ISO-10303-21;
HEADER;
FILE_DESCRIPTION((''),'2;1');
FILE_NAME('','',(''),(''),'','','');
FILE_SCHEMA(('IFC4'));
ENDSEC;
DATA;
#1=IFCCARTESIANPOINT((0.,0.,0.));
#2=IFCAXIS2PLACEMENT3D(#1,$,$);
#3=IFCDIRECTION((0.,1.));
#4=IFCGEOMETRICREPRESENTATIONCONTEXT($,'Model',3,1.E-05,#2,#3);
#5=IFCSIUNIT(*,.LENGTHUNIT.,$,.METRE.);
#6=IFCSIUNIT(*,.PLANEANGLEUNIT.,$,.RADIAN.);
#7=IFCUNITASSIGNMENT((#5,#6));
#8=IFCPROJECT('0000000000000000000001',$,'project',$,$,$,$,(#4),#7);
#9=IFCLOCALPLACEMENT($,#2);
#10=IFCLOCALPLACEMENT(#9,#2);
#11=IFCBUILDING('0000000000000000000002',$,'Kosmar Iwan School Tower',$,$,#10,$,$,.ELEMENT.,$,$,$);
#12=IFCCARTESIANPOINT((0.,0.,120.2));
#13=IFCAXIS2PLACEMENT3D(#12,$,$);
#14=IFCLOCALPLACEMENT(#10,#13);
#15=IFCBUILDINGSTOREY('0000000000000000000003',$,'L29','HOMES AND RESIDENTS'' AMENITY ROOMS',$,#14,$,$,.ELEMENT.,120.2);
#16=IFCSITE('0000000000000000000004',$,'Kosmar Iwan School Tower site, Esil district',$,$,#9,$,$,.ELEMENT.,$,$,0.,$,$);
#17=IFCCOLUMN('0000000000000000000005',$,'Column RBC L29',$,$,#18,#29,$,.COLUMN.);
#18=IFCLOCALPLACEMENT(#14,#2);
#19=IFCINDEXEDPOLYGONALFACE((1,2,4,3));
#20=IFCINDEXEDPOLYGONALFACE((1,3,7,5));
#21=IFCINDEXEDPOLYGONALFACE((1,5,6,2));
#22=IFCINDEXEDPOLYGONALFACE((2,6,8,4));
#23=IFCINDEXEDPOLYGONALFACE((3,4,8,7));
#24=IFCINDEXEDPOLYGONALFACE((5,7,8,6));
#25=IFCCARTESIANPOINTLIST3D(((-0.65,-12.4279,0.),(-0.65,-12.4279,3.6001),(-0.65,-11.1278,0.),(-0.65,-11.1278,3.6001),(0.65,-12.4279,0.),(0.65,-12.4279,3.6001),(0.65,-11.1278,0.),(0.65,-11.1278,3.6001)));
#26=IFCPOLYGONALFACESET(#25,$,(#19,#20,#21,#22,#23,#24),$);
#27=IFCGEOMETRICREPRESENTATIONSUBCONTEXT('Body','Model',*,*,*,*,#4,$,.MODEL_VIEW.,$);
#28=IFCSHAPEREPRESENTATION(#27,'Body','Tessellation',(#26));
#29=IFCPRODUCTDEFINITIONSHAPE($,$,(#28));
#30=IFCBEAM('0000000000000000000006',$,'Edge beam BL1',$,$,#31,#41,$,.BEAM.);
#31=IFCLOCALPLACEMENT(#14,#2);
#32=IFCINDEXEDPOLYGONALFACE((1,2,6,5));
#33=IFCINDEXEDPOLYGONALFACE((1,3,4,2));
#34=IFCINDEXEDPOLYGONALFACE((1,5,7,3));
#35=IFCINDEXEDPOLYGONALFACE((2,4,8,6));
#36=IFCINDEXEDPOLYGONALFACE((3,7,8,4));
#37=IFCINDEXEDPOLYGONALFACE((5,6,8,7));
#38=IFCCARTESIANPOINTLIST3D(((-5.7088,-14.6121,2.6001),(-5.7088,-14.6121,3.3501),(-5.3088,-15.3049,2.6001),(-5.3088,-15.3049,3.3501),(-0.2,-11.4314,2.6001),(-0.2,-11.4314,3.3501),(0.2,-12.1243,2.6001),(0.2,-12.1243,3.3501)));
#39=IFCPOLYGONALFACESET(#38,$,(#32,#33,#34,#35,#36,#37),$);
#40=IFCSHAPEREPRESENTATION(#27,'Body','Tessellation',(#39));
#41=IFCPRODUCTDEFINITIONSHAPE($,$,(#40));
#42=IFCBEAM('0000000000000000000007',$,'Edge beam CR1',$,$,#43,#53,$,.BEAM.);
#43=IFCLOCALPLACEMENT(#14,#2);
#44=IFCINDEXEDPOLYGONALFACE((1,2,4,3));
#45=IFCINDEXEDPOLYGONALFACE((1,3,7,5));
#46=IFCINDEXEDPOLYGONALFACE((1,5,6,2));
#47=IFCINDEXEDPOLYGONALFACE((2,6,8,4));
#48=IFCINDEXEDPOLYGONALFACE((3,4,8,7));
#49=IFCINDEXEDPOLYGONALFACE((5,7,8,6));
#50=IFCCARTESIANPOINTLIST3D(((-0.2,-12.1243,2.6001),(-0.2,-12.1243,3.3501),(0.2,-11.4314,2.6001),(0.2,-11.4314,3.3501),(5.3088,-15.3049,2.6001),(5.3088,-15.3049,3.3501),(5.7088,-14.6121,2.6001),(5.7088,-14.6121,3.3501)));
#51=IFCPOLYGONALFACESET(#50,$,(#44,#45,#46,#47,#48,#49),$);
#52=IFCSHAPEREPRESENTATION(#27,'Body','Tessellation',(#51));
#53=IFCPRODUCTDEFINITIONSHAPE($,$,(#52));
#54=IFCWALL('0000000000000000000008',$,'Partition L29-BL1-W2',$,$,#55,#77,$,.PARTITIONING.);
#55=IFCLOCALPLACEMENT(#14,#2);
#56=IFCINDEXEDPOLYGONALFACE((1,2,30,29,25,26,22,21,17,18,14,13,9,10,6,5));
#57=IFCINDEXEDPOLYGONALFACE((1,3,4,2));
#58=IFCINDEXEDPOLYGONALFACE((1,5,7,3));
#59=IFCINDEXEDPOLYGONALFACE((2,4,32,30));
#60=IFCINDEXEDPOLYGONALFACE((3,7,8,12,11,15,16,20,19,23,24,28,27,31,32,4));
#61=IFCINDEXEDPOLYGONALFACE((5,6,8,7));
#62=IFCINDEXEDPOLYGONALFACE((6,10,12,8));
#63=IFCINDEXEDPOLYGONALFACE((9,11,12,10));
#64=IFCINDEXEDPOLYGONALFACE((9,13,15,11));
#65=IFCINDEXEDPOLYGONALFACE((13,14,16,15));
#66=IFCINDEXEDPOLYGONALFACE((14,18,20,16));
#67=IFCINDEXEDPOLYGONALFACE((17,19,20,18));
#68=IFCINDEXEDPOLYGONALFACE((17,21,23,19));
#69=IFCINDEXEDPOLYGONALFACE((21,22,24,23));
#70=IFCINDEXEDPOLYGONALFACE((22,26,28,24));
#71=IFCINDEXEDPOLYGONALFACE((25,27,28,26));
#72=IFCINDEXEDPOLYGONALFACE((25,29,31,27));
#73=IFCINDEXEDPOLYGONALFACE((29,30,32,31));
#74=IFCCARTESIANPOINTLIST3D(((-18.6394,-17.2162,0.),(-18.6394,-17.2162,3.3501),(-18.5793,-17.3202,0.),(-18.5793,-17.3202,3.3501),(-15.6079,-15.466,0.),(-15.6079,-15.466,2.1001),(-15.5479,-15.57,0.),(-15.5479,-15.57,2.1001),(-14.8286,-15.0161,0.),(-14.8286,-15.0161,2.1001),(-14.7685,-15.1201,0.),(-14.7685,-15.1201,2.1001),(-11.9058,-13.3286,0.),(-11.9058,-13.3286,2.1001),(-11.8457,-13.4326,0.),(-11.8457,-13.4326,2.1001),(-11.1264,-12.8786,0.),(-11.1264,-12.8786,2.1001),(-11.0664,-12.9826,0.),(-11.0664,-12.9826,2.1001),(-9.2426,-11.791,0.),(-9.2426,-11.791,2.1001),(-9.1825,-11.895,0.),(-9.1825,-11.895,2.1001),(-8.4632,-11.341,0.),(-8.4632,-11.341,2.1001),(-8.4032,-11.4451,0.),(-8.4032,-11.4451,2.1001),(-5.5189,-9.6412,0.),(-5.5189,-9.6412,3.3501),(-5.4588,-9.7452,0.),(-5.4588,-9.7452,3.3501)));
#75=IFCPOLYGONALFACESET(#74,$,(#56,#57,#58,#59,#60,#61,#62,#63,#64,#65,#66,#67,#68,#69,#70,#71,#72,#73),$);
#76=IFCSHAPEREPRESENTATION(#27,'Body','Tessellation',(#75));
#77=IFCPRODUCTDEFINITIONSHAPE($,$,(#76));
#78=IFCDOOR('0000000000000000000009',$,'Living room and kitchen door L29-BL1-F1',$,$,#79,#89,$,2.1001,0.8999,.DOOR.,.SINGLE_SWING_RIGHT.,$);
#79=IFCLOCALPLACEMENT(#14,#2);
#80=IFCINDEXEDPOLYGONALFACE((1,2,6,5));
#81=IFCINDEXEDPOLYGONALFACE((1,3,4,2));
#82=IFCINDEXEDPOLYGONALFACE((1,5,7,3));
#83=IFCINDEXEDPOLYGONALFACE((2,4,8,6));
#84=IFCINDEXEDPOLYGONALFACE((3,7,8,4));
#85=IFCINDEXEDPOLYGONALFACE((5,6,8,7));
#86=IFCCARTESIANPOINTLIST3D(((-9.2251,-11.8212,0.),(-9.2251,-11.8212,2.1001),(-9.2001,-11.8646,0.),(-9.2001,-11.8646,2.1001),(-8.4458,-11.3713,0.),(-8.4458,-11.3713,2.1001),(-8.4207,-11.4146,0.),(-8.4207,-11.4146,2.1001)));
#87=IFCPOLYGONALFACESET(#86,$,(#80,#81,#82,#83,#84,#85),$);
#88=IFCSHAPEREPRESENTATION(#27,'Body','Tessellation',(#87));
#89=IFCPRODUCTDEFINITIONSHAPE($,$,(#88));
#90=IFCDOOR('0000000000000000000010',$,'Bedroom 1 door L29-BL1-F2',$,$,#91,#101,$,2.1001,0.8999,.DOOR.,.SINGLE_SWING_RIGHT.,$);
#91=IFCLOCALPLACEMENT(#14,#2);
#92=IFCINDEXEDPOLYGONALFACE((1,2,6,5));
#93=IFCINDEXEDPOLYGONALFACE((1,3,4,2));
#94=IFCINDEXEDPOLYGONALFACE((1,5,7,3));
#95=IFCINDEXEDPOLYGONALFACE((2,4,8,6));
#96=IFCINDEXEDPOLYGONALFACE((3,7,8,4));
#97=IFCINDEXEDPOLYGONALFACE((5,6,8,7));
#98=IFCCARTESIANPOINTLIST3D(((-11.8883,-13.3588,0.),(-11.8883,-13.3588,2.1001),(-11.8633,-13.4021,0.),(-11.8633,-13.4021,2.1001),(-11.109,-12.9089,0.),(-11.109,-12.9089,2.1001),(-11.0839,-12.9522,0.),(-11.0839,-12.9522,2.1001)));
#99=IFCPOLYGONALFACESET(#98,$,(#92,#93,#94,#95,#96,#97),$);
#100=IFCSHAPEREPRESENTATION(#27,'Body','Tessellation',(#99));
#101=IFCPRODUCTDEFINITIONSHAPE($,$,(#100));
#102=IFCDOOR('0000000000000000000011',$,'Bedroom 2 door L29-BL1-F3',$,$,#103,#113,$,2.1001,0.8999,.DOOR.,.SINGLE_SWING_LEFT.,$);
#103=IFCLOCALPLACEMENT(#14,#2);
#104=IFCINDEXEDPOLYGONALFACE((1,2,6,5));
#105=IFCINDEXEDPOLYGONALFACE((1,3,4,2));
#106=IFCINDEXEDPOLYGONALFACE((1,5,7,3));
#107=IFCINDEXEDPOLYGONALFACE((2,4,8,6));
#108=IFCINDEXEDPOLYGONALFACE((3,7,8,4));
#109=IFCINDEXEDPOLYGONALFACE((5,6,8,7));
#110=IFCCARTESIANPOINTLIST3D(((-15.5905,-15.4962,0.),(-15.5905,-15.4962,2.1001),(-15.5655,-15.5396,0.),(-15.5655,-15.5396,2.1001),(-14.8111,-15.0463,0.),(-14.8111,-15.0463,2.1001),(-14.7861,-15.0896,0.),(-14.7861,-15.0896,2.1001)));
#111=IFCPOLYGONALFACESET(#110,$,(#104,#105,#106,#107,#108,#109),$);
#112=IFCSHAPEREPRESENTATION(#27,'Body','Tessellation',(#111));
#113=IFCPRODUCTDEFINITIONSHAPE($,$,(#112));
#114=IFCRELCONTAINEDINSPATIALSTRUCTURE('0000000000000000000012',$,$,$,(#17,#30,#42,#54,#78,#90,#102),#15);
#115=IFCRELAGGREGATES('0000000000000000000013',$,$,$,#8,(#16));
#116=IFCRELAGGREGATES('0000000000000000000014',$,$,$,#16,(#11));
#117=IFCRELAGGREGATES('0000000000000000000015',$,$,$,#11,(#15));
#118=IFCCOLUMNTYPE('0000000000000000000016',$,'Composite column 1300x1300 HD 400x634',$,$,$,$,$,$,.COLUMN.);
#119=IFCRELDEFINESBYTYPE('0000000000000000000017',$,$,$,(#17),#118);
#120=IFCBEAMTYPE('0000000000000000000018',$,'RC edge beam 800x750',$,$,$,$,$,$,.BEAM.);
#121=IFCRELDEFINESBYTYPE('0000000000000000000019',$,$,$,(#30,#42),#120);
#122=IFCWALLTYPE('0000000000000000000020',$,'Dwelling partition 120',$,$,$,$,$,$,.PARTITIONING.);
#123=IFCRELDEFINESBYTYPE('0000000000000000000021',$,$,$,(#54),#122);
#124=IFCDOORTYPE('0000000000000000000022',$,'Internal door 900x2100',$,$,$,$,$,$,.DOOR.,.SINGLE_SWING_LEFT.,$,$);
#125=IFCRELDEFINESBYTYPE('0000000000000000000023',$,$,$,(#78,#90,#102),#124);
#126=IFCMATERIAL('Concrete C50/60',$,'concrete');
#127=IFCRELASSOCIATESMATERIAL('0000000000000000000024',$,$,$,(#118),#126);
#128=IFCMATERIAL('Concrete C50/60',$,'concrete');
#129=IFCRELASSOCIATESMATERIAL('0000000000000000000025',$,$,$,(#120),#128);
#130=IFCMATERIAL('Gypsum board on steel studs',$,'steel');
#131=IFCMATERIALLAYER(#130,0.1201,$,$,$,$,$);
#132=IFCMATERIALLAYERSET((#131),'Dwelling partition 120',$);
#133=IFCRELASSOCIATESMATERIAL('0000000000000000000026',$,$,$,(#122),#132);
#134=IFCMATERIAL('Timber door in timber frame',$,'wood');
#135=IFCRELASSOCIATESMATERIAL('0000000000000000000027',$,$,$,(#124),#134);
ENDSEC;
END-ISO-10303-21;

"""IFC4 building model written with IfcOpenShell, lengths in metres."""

from ifc_helpers import new_model, si_unit, direction, frame, frame_2d, origin, origin_2d, place, context, subcontext, project, spatial, rectangle, extrude, material, layer, layer_set, material_profile, profile_set, type_object, element, fill, save


model = new_model("IFC4")

# Units and contexts
model_context = context("Model", 3, precision=1e-05, world=origin(), true_north=direction((0.0, 1.0)))
body_context = subcontext(model_context, "Body", "Model", "MODEL_VIEW")
ifc_project = project(units=[si_unit("LENGTHUNIT", "METRE"), si_unit("PLANEANGLEUNIT", "RADIAN")], contexts=[model_context])

# Site, building, storey
site_placement = place(None, origin())
site = spatial("IfcSite", under=ifc_project, at=site_placement, Name="Kosmar Iwan School Tower site, Esil district", CompositionType="ELEMENT", RefElevation=0.0)
building_placement = place(site_placement, origin())
building = spatial("IfcBuilding", under=site, at=building_placement, Name="Kosmar Iwan School Tower", CompositionType="ELEMENT")
storey_placement = place(building_placement, frame((0.0, 0.0, 120.2)))
storey = spatial("IfcBuildingStorey", under=building, at=storey_placement, Name="L29", Description="HOMES AND RESIDENTS' AMENITY ROOMS", CompositionType="ELEMENT", Elevation=120.2)

# Column
ifc_material_1 = material(Name="Concrete C50/60", Category="concrete")
ifc_material_profile_1 = material_profile(ifc_material_1, rectangle(XDim=1.3, YDim=1.3, at=origin_2d()), Name="RC 1300x1300 + HD 400x634")
ifc_profile_set_1 = profile_set([ifc_material_profile_1], Name="Concrete C50/60")
column_type = type_object("IfcColumnType", Name="Composite column 1300x1300 HD 400x634", PredefinedType="COLUMN", material=ifc_profile_set_1)
column_placement = place(storey_placement, frame((0.0, -11.7778, 0.0), z_axis=(0.0, 0.0, 1.0), x_axis=(1.0, 0.0, 0.0)))
element("IfcColumn", 1, at=column_placement, inside=storey, type_object=column_type, Name="Column RBC L29", PredefinedType="COLUMN", context=body_context, shape_type="SweptSolid", body=[
    extrude(rectangle(XDim=1.3, YDim=1.3, at=origin_2d()), origin(), (0.0, 0.0, 1.0), 3.6001),
])

# Beams
ifc_material_2 = material(Name="Concrete C50/60", Category="concrete")
ifc_material_profile_2 = material_profile(ifc_material_2, rectangle(XDim=0.8, YDim=0.75, at=origin_2d()), Name="RC 800x750")
ifc_profile_set_2 = profile_set([ifc_material_profile_2], Name="Concrete C50/60")
beam_type = type_object("IfcBeamType", Name="RC edge beam 800x750", PredefinedType="BEAM", material=ifc_profile_set_2)
for number, where, z_axis, x_axis, name in (
    (2, (0.0, -11.7778, 2.9751), (-0.866014, -0.500019, 0.0), (0.500019, -0.866014, 0.0), "Edge beam BL1"),
    (3, (0.0, -11.7778, 2.9751), (0.866014, -0.500019, 0.0), (0.500019, 0.866014, 0.0), "Edge beam CR1"),
):
    element("IfcBeam", number, at=place(storey_placement, frame(where, z_axis=z_axis, x_axis=x_axis)), inside=storey, type_object=beam_type, Name=name, PredefinedType="BEAM", context=body_context, shape_type="SweptSolid", body=[
        extrude(rectangle(XDim=0.8, YDim=0.75, at=origin_2d()), origin(), (0.0, 0.0, 1.0), 6.3611),
    ])

# Wall, openings, doors
ifc_material_3 = material(Name="Gypsum board on steel studs", Category="steel")
ifc_layer_1 = layer(ifc_material_3, 0.1201)
ifc_layer_set_1 = layer_set([ifc_layer_1], Name="Dwelling partition 120")
wall_type_1 = type_object("IfcWallType", Name="Dwelling partition 120", PredefinedType="PARTITIONING", material=ifc_layer_set_1)
wall_1_placement = place(storey_placement, frame((-5.4888, -9.6931, 0.0), z_axis=(0.0, 0.0, 1.0), x_axis=(-0.866028, -0.499995, 0.0)))
wall_1 = element("IfcWall", 4, at=wall_1_placement, inside=storey, type_object=wall_type_1, Name="Partition L29-BL1-W2", PredefinedType="PARTITIONING", context=body_context, shape_type="SweptSolid", body=[
    extrude(rectangle(XDim=15.1501, YDim=0.1201, at=frame_2d((7.5752, 0.0))), origin(), (0.0, 0.0, 1.0), 3.3501),
])
opening_1_placement = place(wall_1_placement, frame((3.3999, 0.0, 0.0)))
opening_1 = element("IfcOpeningElement", 5, at=opening_1_placement, cuts=wall_1, PredefinedType="OPENING", context=body_context, shape_type="SweptSolid", body=[
    extrude(rectangle(XDim=0.8999, YDim=2.1001, at=frame_2d((0.45, 1.05))), frame((0.0, 0.072, 0.0), z_axis=(0.0, -1.0, 0.0), x_axis=(1.0, 0.0, 0.0)), (0.0, 0.0, 1.0), 0.144),
])
opening_2_placement = place(wall_1_placement, frame((6.4751, 0.0, 0.0)))
opening_2 = element("IfcOpeningElement", 6, at=opening_2_placement, cuts=wall_1, PredefinedType="OPENING", context=body_context, shape_type="SweptSolid", body=[
    extrude(rectangle(XDim=0.8999, YDim=2.1001, at=frame_2d((0.45, 1.05))), frame((0.0, 0.072, 0.0), z_axis=(0.0, -1.0, 0.0), x_axis=(1.0, 0.0, 0.0)), (0.0, 0.0, 1.0), 0.144),
])
opening_3_placement = place(wall_1_placement, frame((10.75, 0.0, 0.0)))
opening_3 = element("IfcOpeningElement", 7, at=opening_3_placement, cuts=wall_1, PredefinedType="OPENING", context=body_context, shape_type="SweptSolid", body=[
    extrude(rectangle(XDim=0.8999, YDim=2.1001, at=frame_2d((0.45, 1.05))), frame((0.0, 0.072, 0.0), z_axis=(0.0, -1.0, 0.0), x_axis=(1.0, 0.0, 0.0)), (0.0, 0.0, 1.0), 0.144),
])
ifc_material_4 = material(Name="Timber door in timber frame", Category="wood")
door_type = type_object("IfcDoorType", Name="Internal door 900x2100", OperationType="SINGLE_SWING_LEFT", PredefinedType="DOOR", material=ifc_material_4)
door_1_placement = place(opening_1_placement, origin())
door_1 = element("IfcDoor", 8, at=door_1_placement, inside=storey, type_object=door_type, Name="Living room and kitchen door L29-BL1-F1", OperationType="SINGLE_SWING_RIGHT", OverallHeight=2.1001, OverallWidth=0.8999, PredefinedType="DOOR", context=body_context, shape_type="SweptSolid", body=[
    extrude(rectangle(XDim=0.8999, YDim=2.1001, at=frame_2d((0.45, 1.05))), frame((0.0, 0.0249, 0.0), z_axis=(0.0, -1.0, 0.0), x_axis=(1.0, 0.0, 0.0)), (0.0, 0.0, 1.0), 0.05),
])
fill(opening_1, door_1)
door_2_placement = place(opening_2_placement, origin())
door_2 = element("IfcDoor", 9, at=door_2_placement, inside=storey, type_object=door_type, Name="Bedroom 1 door L29-BL1-F2", OperationType="SINGLE_SWING_RIGHT", OverallHeight=2.1001, OverallWidth=0.8999, PredefinedType="DOOR", context=body_context, shape_type="SweptSolid", body=[
    extrude(rectangle(XDim=0.8999, YDim=2.1001, at=frame_2d((0.45, 1.05))), frame((0.0, 0.0249, 0.0), z_axis=(0.0, -1.0, 0.0), x_axis=(1.0, 0.0, 0.0)), (0.0, 0.0, 1.0), 0.05),
])
fill(opening_2, door_2)
door_3_placement = place(opening_3_placement, origin())
door_3 = element("IfcDoor", 10, at=door_3_placement, inside=storey, type_object=door_type, Name="Bedroom 2 door L29-BL1-F3", OperationType="SINGLE_SWING_LEFT", OverallHeight=2.1001, OverallWidth=0.8999, PredefinedType="DOOR", context=body_context, shape_type="SweptSolid", body=[
    extrude(rectangle(XDim=0.8999, YDim=2.1001, at=frame_2d((0.45, 1.05))), frame((0.0, 0.0249, 0.0), z_axis=(0.0, -1.0, 0.0), x_axis=(1.0, 0.0, 0.0)), (0.0, 0.0, 1.0), 0.05),
])
fill(opening_3, door_3)

save(model, "model.ifc")
